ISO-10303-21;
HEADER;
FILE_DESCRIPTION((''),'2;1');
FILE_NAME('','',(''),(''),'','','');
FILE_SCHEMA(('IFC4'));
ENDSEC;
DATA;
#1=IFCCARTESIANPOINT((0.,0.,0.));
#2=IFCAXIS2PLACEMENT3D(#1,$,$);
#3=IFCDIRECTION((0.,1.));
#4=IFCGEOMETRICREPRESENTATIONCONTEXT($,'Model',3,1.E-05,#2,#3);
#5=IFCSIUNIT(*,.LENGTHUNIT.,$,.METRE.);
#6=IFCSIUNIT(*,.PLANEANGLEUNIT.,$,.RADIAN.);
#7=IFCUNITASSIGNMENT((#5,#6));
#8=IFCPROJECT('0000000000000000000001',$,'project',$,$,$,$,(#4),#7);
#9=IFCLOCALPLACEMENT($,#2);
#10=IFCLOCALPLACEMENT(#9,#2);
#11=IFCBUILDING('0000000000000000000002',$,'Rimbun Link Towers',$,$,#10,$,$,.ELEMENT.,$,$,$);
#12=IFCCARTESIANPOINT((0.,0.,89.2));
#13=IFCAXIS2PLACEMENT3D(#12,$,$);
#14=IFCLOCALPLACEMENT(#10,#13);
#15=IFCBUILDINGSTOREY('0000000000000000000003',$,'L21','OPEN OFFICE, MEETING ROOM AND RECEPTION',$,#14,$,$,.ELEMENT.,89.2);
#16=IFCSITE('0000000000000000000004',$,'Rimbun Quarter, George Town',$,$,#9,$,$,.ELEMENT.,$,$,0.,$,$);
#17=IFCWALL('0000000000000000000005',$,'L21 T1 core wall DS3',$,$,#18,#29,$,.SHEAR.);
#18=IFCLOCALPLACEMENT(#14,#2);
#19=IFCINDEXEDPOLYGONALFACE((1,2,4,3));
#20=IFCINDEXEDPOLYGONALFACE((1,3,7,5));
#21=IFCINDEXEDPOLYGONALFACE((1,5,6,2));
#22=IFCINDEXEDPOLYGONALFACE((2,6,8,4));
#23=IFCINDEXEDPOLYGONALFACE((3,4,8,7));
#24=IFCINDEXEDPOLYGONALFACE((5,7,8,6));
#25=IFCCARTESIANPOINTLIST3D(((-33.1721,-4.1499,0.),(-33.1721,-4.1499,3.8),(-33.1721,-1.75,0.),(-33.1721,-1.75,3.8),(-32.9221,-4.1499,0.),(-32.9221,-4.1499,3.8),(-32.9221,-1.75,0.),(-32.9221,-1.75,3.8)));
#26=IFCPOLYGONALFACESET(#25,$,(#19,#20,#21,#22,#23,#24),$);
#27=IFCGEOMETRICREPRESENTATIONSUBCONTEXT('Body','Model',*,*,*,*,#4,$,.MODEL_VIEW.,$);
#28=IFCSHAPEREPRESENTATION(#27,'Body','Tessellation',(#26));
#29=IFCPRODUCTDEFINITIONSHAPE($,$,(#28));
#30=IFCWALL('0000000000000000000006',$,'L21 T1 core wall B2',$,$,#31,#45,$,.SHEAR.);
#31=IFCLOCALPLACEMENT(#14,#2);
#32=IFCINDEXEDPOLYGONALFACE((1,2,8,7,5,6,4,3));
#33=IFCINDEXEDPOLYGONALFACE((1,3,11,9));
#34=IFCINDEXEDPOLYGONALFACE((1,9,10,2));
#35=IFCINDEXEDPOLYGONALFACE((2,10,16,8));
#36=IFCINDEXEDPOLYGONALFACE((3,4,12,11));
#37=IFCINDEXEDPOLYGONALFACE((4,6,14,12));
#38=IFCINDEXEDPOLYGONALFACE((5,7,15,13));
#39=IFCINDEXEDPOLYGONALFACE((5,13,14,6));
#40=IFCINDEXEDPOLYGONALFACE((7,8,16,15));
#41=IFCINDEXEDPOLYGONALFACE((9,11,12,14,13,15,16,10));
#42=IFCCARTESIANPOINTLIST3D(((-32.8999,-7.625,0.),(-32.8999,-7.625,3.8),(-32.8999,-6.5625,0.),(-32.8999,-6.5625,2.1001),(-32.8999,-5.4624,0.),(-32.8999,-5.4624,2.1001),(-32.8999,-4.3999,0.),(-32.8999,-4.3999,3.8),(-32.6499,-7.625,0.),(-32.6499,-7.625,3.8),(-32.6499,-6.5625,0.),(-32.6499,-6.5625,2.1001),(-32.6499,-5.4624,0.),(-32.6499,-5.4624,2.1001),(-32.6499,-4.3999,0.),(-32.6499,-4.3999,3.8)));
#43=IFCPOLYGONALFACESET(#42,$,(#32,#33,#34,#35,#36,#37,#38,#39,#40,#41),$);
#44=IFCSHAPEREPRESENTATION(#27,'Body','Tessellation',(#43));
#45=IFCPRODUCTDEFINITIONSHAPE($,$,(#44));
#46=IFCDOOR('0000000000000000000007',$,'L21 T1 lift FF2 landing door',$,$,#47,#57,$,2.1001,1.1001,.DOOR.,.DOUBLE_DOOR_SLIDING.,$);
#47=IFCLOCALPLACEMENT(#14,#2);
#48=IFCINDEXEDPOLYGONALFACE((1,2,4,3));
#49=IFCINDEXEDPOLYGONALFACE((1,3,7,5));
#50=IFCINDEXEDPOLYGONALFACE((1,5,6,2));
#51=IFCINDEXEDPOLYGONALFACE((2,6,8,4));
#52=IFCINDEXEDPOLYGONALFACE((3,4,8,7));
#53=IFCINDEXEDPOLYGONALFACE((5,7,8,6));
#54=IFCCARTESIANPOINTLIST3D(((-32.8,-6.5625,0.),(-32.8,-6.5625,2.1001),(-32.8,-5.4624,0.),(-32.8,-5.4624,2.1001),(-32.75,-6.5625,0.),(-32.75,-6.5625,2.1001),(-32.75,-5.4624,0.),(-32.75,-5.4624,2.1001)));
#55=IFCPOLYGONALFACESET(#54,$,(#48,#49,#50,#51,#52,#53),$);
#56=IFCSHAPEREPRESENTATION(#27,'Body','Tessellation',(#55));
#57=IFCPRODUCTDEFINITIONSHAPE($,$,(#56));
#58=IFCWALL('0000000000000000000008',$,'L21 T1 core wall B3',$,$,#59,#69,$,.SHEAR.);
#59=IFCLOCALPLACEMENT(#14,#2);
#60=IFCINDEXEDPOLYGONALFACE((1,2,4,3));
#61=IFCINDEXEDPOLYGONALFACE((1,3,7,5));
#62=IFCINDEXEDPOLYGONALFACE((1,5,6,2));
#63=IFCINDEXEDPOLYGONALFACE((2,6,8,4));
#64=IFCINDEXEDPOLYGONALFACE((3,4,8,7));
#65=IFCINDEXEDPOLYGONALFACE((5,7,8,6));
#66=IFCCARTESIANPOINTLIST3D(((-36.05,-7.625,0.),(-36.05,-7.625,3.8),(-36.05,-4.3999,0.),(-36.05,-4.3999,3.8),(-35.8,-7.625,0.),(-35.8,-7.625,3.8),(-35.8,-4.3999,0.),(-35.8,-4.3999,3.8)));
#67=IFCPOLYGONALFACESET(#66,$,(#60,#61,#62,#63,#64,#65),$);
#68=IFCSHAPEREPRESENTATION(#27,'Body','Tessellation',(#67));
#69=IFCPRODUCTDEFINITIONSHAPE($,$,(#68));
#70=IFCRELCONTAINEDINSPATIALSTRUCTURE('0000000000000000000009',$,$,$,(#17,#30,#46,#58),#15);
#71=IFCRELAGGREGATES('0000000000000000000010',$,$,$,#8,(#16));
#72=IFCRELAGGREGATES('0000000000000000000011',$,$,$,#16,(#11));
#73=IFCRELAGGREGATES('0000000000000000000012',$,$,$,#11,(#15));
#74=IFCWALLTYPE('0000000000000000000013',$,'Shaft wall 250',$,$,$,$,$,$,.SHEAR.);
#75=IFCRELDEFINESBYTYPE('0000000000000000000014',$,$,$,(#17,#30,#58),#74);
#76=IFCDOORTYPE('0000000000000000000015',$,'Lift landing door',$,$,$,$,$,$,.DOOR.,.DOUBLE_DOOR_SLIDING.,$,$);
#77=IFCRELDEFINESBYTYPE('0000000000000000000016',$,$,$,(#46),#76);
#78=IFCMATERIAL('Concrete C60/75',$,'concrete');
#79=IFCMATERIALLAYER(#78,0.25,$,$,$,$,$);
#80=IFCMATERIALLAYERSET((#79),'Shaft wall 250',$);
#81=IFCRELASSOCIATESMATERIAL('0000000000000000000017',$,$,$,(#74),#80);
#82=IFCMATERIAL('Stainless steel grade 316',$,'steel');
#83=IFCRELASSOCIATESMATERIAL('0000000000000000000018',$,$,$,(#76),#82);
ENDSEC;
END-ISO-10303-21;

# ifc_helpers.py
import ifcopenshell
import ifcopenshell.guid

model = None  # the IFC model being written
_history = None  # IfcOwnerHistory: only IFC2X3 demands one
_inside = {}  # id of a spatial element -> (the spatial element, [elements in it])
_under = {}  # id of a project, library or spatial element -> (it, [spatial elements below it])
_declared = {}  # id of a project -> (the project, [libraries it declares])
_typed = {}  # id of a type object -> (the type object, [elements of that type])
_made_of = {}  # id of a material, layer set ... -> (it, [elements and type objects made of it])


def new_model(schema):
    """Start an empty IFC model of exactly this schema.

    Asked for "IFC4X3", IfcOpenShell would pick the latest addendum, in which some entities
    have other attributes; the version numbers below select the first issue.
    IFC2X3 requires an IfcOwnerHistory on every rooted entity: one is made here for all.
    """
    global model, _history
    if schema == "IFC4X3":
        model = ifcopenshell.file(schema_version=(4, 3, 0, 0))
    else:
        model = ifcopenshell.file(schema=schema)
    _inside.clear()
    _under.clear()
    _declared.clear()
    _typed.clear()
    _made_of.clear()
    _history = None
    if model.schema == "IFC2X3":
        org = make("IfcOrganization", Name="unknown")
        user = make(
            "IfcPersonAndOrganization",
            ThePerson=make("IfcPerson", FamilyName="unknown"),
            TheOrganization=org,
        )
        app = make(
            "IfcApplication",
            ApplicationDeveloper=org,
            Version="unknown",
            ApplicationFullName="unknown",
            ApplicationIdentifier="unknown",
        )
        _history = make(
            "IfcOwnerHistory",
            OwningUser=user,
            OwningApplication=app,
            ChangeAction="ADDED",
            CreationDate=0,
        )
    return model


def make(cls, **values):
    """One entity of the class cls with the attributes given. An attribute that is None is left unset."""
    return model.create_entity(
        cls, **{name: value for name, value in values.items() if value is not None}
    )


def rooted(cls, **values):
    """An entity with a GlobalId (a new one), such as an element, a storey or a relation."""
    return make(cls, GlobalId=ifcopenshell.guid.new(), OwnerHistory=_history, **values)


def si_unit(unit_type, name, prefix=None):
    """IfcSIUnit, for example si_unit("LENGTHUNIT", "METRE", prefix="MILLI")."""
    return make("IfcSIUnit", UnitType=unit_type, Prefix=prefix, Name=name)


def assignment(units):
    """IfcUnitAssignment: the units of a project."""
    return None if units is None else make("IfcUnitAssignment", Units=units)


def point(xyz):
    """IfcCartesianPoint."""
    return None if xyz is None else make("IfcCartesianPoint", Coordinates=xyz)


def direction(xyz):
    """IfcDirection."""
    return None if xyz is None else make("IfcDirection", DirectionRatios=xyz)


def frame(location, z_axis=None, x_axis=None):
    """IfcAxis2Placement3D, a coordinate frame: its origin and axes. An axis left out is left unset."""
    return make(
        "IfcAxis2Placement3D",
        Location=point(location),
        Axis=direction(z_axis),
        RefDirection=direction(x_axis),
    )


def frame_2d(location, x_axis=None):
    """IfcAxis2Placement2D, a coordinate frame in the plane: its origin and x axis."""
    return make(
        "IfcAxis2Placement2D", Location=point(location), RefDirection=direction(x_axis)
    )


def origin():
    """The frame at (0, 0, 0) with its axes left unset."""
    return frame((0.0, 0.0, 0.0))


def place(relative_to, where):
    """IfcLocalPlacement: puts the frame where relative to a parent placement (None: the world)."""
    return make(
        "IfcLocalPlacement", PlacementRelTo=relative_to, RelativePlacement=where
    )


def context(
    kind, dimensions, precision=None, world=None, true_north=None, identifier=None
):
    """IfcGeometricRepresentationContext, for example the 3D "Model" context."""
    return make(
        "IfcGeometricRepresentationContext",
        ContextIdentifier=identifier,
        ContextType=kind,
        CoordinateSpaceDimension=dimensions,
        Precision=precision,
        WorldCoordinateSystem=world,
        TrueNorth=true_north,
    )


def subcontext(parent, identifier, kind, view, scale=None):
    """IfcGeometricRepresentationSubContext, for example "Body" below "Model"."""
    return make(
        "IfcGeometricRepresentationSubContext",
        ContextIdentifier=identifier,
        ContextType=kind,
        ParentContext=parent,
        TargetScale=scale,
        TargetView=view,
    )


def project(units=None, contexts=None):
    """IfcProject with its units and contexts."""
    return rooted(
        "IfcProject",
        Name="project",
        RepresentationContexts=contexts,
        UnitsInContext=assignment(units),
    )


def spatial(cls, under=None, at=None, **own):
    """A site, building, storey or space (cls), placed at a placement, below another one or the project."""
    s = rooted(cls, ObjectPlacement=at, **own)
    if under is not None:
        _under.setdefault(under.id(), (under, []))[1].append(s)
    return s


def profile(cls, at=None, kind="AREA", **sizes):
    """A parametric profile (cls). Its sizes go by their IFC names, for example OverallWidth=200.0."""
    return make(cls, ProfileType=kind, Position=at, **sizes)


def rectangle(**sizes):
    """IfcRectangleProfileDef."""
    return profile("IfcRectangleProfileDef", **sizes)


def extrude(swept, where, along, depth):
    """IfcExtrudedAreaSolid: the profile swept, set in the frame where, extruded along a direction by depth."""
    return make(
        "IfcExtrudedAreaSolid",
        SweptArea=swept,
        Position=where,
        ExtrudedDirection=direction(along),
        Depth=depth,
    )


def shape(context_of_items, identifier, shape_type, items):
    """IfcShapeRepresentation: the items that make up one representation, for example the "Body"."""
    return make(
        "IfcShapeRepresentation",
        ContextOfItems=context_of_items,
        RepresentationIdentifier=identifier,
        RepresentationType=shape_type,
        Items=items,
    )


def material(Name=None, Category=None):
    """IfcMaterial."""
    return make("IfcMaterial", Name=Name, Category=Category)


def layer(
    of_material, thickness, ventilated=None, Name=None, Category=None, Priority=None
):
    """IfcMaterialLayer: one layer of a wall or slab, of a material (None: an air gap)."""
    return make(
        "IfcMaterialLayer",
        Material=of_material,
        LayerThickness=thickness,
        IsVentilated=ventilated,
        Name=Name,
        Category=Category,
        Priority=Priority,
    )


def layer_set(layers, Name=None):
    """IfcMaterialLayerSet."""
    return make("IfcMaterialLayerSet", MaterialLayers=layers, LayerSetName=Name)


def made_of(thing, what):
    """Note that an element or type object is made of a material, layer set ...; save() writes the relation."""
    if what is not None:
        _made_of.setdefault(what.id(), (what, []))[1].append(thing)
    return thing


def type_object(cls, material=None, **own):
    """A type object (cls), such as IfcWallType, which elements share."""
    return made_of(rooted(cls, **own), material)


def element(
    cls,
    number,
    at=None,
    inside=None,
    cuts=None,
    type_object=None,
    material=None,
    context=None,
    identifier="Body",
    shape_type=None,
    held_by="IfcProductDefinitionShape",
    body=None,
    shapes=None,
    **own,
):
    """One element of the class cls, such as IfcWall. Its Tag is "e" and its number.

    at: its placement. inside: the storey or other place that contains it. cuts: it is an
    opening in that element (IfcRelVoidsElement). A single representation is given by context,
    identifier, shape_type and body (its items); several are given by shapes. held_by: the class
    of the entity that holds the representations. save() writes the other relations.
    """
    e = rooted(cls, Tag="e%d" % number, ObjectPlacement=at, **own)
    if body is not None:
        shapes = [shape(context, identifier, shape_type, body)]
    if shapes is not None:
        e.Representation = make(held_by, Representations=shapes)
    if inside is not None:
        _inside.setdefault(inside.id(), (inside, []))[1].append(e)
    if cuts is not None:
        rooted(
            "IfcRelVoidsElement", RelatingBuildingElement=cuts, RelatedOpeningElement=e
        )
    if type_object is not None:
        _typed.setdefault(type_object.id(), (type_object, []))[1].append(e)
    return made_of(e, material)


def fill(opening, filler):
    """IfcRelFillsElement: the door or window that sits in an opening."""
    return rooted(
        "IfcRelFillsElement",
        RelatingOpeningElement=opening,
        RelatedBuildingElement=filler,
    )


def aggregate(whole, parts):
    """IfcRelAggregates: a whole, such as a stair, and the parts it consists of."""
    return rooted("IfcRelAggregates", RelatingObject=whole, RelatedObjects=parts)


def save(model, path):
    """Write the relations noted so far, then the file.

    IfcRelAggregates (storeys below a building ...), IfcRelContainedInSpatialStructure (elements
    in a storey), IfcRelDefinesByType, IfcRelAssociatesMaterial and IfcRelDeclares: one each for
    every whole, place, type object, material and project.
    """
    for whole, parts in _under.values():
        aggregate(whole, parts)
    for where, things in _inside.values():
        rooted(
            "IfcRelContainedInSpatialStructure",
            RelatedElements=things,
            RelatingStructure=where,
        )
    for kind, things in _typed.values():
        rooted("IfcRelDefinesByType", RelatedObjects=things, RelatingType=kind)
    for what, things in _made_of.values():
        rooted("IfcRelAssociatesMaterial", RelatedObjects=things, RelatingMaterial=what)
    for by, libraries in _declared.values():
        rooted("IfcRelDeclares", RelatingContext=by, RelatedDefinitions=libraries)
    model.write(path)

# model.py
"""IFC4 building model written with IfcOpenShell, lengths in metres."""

from ifc_helpers import new_model, si_unit, direction, frame, frame_2d, origin, place, context, subcontext, project, spatial, rectangle, extrude, material, layer, layer_set, type_object, element, fill, save


model = new_model("IFC4")

# Units and contexts
model_context = context("Model", 3, precision=1e-05, world=origin(), true_north=direction((0.0, 1.0)))
body_context = subcontext(model_context, "Body", "Model", "MODEL_VIEW")
ifc_project = project(units=[si_unit("LENGTHUNIT", "METRE"), si_unit("PLANEANGLEUNIT", "RADIAN")], contexts=[model_context])

# Site, building, storey
site_placement = place(None, origin())
site = spatial("IfcSite", under=ifc_project, at=site_placement, Name="Rimbun Quarter, George Town", CompositionType="ELEMENT", RefElevation=0.0)
building_placement = place(site_placement, origin())
building = spatial("IfcBuilding", under=site, at=building_placement, Name="Rimbun Link Towers", CompositionType="ELEMENT")
storey_placement = place(building_placement, frame((0.0, 0.0, 89.2)))
storey = spatial("IfcBuildingStorey", under=building, at=storey_placement, Name="L21", Description="OPEN OFFICE, MEETING ROOM AND RECEPTION", CompositionType="ELEMENT", Elevation=89.2)

# Wall
ifc_material_1 = material(Name="Concrete C60/75", Category="concrete")
ifc_layer_1 = layer(ifc_material_1, 0.25)
ifc_layer_set_1 = layer_set([ifc_layer_1], Name="Shaft wall 250")
wall_type_1 = type_object("IfcWallType", Name="Shaft wall 250", PredefinedType="SHEAR", material=ifc_layer_set_1)
for number, where, z_axis, x_axis, name in (
    (1, (-33.0471, -4.1499, 0.0), (0.0, 0.0, 1.0), (0.0, 1.0, 0.0), "L21 T1 core wall DS3"),
):
    element("IfcWall", number, at=place(storey_placement, frame(where, z_axis=z_axis, x_axis=x_axis)), inside=storey, type_object=wall_type_1, Name=name, PredefinedType="SHEAR", context=body_context, shape_type="SweptSolid", body=[
        extrude(rectangle(XDim=2.3999, YDim=0.25, at=frame_2d((1.2, 0.0))), origin(), (0.0, 0.0, 1.0), 3.8),
    ])

# Wall, opening, door
wall_1_placement = place(storey_placement, frame((-32.7749, -4.3999, 0.0), z_axis=(0.0, 0.0, 1.0), x_axis=(0.0, -1.0, 0.0)))
wall_1 = element("IfcWall", 2, at=wall_1_placement, inside=storey, type_object=wall_type_1, Name="L21 T1 core wall B2", PredefinedType="SHEAR", context=body_context, shape_type="SweptSolid", body=[
    extrude(rectangle(XDim=3.2251, YDim=0.25, at=frame_2d((1.6125, 0.0))), origin(), (0.0, 0.0, 1.0), 3.8),
])
opening_placement = place(wall_1_placement, frame((1.0625, 0.0, 0.0)))
opening = element("IfcOpeningElement", 3, at=opening_placement, cuts=wall_1, PredefinedType="OPENING", context=body_context, shape_type="SweptSolid", body=[
    extrude(rectangle(XDim=1.1001, YDim=2.1001, at=frame_2d((0.55, 1.05))), frame((0.0, 0.135, 0.0), z_axis=(0.0, -1.0, 0.0), x_axis=(1.0, 0.0, 0.0)), (0.0, 0.0, 1.0), 0.27),
])
ifc_material_2 = material(Name="Stainless steel grade 316", Category="steel")
door_type = type_object("IfcDoorType", Name="Lift landing door", OperationType="DOUBLE_DOOR_SLIDING", PredefinedType="DOOR", material=ifc_material_2)
door_placement = place(opening_placement, origin())
door = element("IfcDoor", 4, at=door_placement, inside=storey, type_object=door_type, Name="L21 T1 lift FF2 landing door", OperationType="DOUBLE_DOOR_SLIDING", OverallHeight=2.1001, OverallWidth=1.1001, PredefinedType="DOOR", context=body_context, shape_type="SweptSolid", body=[
    extrude(rectangle(XDim=1.1001, YDim=2.1001, at=frame_2d((0.55, 1.05))), frame((0.0, 0.0249, 0.0), z_axis=(0.0, -1.0, 0.0), x_axis=(1.0, 0.0, 0.0)), (0.0, 0.0, 1.0), 0.05),
])
fill(opening, door)

# Wall
wall_2_placement = place(storey_placement, frame((-35.925, -4.3999, 0.0), z_axis=(0.0, 0.0, 1.0), x_axis=(0.0, -1.0, 0.0)))
element("IfcWall", 5, at=wall_2_placement, inside=storey, type_object=wall_type_1, Name="L21 T1 core wall B3", PredefinedType="SHEAR", context=body_context, shape_type="SweptSolid", body=[
    extrude(rectangle(XDim=3.2251, YDim=0.25, at=frame_2d((1.6125, 0.0))), origin(), (0.0, 0.0, 1.0), 3.8),
])

save(model, "model.ifc")
